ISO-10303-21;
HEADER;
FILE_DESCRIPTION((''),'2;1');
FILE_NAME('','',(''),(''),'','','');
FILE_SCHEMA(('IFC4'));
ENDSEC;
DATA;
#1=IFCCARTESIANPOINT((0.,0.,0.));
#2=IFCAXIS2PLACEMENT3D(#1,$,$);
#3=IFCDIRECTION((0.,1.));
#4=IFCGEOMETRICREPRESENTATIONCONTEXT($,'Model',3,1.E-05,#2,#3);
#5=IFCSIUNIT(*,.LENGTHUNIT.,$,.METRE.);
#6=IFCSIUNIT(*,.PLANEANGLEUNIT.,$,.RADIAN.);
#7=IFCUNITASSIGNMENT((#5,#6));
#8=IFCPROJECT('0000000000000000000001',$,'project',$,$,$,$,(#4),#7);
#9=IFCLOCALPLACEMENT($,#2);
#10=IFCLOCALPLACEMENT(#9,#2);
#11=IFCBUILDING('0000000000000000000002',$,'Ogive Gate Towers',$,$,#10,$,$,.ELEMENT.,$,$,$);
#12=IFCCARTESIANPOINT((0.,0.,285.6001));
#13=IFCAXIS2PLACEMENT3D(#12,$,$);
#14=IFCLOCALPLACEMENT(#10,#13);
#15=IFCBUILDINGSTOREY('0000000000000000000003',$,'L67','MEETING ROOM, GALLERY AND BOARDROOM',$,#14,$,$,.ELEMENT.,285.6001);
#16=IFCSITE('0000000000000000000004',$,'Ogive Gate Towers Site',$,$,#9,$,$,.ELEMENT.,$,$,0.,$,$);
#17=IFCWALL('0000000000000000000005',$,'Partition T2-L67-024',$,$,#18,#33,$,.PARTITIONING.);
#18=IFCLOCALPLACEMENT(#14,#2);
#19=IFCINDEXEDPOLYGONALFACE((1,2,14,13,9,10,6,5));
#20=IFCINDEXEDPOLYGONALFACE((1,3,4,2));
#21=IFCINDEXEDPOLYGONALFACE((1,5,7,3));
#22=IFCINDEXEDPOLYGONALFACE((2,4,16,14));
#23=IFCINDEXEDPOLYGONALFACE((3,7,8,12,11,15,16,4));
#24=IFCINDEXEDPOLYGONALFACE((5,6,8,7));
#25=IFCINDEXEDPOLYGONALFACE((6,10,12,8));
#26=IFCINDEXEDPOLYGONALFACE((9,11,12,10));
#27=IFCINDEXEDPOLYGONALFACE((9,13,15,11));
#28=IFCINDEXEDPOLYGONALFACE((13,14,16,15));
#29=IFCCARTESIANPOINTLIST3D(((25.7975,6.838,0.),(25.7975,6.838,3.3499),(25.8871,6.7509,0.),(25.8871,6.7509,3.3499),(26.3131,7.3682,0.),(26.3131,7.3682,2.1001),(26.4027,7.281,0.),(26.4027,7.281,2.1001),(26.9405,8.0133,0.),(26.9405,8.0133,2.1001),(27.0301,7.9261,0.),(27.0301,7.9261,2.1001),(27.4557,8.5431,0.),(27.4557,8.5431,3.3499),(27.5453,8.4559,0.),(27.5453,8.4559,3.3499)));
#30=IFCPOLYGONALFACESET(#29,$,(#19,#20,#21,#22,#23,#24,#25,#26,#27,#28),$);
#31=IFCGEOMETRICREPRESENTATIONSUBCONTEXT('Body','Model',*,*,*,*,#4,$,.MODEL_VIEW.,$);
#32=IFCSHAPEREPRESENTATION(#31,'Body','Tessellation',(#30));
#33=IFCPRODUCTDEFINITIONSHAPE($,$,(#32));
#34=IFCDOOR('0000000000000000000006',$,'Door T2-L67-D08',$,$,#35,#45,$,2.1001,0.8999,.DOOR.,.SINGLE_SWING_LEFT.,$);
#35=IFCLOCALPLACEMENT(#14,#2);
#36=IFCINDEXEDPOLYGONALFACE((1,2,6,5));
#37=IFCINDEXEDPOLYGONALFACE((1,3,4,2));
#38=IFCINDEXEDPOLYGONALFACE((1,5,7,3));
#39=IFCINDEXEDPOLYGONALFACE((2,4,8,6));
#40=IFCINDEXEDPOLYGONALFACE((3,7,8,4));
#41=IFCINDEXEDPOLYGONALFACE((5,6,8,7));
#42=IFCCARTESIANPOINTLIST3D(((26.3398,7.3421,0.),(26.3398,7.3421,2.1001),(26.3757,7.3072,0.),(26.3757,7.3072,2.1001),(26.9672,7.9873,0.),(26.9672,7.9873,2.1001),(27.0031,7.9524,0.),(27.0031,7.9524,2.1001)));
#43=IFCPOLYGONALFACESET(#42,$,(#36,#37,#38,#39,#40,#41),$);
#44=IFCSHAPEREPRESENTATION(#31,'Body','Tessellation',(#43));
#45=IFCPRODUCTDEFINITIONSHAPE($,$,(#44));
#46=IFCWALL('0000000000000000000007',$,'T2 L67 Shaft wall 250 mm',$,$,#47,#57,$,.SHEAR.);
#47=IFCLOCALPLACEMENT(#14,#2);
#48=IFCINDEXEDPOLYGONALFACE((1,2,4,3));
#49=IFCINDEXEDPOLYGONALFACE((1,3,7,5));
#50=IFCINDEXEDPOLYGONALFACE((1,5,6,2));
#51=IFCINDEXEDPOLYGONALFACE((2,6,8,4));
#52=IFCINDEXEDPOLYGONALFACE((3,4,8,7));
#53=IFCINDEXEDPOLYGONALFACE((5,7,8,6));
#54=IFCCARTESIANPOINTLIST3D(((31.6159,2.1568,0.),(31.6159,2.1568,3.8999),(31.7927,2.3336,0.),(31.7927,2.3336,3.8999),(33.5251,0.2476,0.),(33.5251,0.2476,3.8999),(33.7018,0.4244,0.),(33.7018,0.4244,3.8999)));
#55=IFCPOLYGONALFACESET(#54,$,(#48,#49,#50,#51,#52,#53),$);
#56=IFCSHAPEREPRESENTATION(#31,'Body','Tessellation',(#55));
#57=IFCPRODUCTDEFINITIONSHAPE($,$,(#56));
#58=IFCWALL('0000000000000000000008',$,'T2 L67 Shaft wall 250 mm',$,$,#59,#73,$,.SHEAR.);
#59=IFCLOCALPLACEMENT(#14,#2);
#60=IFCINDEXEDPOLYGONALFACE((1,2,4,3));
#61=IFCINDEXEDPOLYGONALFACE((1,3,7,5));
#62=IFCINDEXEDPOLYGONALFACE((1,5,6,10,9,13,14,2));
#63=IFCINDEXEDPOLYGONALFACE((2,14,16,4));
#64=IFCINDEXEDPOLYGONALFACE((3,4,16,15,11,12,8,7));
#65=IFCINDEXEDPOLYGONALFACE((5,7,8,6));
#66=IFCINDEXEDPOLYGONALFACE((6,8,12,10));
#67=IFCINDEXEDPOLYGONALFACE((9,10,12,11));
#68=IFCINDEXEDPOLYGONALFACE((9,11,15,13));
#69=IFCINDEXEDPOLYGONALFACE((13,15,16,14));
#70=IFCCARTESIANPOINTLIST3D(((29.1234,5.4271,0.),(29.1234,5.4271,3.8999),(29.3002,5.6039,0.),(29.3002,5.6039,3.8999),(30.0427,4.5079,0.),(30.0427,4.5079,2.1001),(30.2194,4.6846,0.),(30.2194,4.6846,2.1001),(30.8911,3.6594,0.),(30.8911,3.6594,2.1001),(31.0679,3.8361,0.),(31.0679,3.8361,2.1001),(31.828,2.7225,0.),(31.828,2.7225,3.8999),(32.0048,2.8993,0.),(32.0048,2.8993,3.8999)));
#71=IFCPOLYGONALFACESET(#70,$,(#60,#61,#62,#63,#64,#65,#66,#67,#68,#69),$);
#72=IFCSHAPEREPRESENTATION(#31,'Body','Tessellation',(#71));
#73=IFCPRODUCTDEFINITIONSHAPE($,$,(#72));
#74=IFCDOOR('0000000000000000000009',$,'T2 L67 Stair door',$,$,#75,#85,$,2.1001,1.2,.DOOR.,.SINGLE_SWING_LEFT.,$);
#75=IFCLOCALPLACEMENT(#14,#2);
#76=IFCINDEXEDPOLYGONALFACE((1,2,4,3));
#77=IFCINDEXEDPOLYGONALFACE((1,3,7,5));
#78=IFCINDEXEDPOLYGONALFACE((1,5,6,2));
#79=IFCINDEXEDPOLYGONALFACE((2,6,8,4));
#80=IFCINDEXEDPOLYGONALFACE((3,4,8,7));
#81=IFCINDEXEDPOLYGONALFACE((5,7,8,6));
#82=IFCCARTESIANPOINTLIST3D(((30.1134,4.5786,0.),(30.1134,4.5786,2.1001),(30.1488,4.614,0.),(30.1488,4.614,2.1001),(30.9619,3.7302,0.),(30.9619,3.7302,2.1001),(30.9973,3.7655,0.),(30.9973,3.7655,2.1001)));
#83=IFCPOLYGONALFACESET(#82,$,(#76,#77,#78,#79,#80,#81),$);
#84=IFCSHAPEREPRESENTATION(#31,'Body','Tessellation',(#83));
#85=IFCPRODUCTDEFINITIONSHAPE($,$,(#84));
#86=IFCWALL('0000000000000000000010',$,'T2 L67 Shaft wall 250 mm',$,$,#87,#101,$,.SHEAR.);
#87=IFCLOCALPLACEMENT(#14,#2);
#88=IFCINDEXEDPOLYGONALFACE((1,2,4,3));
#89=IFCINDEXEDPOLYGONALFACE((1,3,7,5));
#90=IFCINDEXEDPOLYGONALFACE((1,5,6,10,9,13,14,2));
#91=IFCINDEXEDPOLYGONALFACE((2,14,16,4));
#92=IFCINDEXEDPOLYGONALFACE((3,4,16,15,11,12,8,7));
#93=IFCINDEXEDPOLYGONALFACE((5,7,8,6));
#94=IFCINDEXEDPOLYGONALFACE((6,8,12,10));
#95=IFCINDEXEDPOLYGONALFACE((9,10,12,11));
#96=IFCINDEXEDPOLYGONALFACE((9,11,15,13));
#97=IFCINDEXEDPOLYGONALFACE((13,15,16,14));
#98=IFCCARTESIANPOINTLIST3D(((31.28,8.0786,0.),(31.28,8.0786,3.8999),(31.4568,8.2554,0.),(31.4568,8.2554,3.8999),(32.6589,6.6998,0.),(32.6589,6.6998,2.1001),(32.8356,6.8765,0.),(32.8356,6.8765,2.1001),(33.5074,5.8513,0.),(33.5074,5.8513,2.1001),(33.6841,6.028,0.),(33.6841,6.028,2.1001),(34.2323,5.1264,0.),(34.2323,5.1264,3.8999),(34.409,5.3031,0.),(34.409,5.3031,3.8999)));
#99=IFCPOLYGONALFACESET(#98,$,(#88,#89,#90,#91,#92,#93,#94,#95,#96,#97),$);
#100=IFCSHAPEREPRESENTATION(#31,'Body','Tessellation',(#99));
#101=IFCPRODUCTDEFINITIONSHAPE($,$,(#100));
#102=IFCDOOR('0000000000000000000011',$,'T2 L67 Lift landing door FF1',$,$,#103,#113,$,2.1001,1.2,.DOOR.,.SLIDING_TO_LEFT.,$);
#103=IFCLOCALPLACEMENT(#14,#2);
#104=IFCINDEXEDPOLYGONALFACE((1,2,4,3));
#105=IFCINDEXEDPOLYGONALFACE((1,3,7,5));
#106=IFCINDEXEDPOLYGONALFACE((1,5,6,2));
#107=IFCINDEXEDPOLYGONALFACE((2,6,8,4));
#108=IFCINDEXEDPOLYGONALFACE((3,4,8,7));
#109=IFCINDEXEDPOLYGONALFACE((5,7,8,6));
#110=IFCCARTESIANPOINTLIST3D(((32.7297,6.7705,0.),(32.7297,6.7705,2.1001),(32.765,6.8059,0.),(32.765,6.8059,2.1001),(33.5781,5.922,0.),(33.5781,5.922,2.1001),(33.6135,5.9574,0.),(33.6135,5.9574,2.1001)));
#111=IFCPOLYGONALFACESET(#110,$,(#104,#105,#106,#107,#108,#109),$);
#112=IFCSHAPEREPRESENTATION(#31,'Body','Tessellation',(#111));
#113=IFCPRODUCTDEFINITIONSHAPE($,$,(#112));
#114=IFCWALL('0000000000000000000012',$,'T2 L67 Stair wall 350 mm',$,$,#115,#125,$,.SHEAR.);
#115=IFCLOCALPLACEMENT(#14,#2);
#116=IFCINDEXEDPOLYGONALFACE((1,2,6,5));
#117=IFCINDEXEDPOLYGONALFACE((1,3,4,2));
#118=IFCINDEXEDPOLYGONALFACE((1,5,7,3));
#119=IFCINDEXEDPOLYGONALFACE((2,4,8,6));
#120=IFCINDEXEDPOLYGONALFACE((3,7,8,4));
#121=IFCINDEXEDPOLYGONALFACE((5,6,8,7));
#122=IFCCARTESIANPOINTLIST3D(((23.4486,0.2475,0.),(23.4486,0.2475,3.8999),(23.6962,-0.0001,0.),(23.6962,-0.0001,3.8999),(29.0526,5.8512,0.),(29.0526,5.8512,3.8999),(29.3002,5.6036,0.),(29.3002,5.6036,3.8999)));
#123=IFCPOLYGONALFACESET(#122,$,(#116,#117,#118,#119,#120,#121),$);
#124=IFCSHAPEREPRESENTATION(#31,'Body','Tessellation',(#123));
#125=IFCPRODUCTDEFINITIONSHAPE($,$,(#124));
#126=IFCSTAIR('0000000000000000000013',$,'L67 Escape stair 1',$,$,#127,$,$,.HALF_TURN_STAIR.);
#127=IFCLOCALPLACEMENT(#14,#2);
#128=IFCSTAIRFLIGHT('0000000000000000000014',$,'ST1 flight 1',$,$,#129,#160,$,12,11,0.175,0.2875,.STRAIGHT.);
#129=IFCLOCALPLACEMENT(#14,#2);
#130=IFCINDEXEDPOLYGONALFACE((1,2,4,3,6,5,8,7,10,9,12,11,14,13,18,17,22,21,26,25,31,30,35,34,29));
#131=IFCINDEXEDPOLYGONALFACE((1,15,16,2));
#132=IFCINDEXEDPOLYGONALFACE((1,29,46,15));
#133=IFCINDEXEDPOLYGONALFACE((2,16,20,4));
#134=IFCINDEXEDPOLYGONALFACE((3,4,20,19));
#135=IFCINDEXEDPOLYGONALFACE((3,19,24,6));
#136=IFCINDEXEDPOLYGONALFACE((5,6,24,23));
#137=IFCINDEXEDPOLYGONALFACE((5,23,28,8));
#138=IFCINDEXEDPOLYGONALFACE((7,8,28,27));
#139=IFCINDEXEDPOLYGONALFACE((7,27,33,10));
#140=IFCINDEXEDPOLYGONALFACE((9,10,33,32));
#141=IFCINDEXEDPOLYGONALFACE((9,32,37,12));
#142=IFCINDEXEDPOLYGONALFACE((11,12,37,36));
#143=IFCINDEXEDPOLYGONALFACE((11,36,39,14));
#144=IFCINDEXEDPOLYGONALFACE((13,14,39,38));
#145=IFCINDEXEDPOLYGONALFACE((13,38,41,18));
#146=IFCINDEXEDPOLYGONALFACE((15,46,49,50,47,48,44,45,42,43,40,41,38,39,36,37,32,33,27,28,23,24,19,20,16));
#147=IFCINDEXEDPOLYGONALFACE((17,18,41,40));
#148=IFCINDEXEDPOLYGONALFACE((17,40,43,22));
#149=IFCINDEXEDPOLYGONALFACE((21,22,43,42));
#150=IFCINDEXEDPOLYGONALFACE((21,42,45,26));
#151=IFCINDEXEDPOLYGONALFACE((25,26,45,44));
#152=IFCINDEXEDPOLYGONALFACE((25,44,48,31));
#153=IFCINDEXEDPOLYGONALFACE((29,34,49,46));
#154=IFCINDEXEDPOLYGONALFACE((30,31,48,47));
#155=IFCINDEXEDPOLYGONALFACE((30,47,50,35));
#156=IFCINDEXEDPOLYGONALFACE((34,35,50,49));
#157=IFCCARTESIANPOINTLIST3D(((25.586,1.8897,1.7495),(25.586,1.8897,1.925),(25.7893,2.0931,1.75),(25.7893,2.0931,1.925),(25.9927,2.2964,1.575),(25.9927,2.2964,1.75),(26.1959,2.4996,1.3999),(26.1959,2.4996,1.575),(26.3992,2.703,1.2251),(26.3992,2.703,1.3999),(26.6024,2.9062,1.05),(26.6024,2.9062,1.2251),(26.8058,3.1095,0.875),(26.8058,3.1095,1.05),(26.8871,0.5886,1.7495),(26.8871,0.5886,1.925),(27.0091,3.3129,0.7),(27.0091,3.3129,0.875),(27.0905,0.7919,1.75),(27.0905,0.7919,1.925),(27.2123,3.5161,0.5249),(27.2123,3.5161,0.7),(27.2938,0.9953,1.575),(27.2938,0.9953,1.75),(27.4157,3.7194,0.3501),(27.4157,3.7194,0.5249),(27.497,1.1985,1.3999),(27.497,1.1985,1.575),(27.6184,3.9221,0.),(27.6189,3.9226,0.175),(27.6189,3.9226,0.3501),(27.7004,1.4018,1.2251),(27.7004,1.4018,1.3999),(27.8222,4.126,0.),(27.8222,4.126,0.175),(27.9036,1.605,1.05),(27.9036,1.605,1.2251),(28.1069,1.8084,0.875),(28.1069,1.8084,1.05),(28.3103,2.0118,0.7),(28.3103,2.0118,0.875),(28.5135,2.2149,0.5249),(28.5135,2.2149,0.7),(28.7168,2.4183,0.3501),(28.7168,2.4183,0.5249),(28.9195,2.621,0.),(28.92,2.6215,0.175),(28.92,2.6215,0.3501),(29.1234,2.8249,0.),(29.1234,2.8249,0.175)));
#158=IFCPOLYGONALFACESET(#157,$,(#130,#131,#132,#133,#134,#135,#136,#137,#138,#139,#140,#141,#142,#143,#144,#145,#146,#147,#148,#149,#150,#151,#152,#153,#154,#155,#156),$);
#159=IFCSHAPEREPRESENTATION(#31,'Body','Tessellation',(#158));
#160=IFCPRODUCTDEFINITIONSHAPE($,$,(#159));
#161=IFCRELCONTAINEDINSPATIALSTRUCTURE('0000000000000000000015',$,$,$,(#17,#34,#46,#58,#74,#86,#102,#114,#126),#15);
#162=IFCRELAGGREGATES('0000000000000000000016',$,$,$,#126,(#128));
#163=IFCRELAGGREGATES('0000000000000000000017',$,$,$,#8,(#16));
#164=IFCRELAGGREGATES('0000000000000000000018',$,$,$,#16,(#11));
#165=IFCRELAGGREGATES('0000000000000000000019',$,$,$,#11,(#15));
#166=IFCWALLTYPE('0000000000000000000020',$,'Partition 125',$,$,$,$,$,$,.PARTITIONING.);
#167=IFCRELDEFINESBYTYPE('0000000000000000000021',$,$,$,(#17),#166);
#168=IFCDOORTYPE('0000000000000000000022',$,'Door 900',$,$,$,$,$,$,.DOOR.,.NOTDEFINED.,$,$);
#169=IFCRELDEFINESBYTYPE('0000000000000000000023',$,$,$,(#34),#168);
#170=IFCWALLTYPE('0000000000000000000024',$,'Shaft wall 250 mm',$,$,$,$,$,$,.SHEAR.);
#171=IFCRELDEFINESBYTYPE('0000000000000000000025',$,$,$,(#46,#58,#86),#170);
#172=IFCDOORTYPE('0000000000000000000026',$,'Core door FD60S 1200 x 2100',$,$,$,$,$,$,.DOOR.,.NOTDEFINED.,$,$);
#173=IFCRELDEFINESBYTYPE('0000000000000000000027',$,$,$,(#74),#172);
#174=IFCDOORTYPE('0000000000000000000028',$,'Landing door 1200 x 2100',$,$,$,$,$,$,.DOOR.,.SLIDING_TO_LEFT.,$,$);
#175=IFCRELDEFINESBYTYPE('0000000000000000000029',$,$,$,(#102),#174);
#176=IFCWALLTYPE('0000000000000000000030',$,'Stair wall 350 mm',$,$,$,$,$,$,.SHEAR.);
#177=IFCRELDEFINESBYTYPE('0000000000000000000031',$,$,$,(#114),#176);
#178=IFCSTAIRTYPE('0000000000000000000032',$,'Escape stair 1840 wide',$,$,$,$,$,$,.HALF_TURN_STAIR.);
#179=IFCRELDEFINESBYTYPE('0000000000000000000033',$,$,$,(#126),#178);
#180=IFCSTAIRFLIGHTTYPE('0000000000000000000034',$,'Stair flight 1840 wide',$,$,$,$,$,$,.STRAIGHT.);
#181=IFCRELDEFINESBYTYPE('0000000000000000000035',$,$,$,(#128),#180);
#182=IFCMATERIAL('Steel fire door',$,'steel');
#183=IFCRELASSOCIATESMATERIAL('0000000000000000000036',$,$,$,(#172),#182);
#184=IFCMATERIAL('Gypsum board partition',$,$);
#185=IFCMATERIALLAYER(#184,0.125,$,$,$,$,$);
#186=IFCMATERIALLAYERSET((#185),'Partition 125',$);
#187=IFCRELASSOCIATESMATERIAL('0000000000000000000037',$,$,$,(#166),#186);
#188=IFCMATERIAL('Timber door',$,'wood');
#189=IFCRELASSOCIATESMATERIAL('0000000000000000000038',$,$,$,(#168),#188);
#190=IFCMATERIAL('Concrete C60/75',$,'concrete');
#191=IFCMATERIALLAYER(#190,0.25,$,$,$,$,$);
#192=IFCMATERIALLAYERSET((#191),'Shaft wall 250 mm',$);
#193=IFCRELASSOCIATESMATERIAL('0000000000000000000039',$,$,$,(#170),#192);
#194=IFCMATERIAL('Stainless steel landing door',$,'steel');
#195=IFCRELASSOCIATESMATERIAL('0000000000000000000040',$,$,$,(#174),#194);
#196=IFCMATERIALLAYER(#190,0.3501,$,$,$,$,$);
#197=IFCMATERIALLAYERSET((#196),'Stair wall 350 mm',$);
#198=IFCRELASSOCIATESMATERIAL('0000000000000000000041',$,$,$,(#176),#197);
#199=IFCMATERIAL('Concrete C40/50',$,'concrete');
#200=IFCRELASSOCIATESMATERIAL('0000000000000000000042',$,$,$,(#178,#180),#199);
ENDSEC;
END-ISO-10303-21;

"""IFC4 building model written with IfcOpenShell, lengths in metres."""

from ifc_helpers import new_model, si_unit, direction, frame, frame_2d, origin, place, context, subcontext, project, spatial, polyline, rectangle, outline, extrude, material, layer, layer_set, type_object, element, fill, aggregate, save


model = new_model("IFC4")

# Units and contexts
model_context = context("Model", 3, precision=1e-05, world=origin(), true_north=direction((0.0, 1.0)))
body_context = subcontext(model_context, "Body", "Model", "MODEL_VIEW")
ifc_project = project(units=[si_unit("LENGTHUNIT", "METRE"), si_unit("PLANEANGLEUNIT", "RADIAN")], contexts=[model_context])

# Site, building, storey
site_placement = place(None, origin())
site = spatial("IfcSite", under=ifc_project, at=site_placement, Name="Ogive Gate Towers Site", CompositionType="ELEMENT", RefElevation=0.0)
building_placement = place(site_placement, origin())
building = spatial("IfcBuilding", under=site, at=building_placement, Name="Ogive Gate Towers", CompositionType="ELEMENT")
storey_placement = place(building_placement, frame((0.0, 0.0, 285.6001)))
storey = spatial("IfcBuildingStorey", under=building, at=storey_placement, Name="L67", Description="MEETING ROOM, GALLERY AND BOARDROOM", CompositionType="ELEMENT", Elevation=285.6001)

# Shared definitions
ifc_material_1 = material(Name="Concrete C40/50", Category="concrete")

# Shared definitions
ifc_material_2 = material(Name="Timber door", Category="wood")

# Shared definitions
ifc_material_3 = material(Name="Concrete C60/75", Category="concrete")
ifc_material_4 = material(Name="Steel fire door", Category="steel")
door_type_1 = type_object("IfcDoorType", Name="Core door FD60S 1200 x 2100", OperationType="NOTDEFINED", PredefinedType="DOOR", material=ifc_material_4)

# Wall, opening, door
ifc_material_5 = material(Name="Gypsum board partition")
ifc_layer_1 = layer(ifc_material_5, 0.125)
ifc_layer_set_1 = layer_set([ifc_layer_1], Name="Partition 125")
wall_type_1 = type_object("IfcWallType", Name="Partition 125", PredefinedType="PARTITIONING", material=ifc_layer_set_1)
wall_1_placement = place(storey_placement, frame((27.5005, 8.4995, 0.0), z_axis=(0.0, 0.0, 1.0), x_axis=(-0.697184, -0.716892, 0.0)))
wall_1 = element("IfcWall", 1, at=wall_1_placement, inside=storey, type_object=wall_type_1, Name="Partition T2-L67-024", PredefinedType="PARTITIONING", context=body_context, shape_type="SweptSolid", body=[
    extrude(rectangle(XDim=2.3784, YDim=0.125, at=frame_2d((1.1892, 0.0))), origin(), (0.0, 0.0, 1.0), 3.3499),
])
opening_1_placement = place(wall_1_placement, frame((0.739, 0.0, 0.0)))
opening_1 = element("IfcOpeningElement", 2, at=opening_1_placement, cuts=wall_1, PredefinedType="OPENING", context=body_context, shape_type="SweptSolid", body=[
    extrude(rectangle(XDim=0.8999, YDim=2.1001, at=frame_2d((0.45, 1.05))), frame((0.0, 0.0725, 0.0), z_axis=(0.0, -1.0, 0.0), x_axis=(1.0, 0.0, 0.0)), (0.0, 0.0, 1.0), 0.145),
])
door_type_2 = type_object("IfcDoorType", Name="Door 900", OperationType="NOTDEFINED", PredefinedType="DOOR", material=ifc_material_2)
door_1_placement = place(opening_1_placement, origin())
door_1 = element("IfcDoor", 3, at=door_1_placement, inside=storey, type_object=door_type_2, Name="Door T2-L67-D08", OperationType="SINGLE_SWING_LEFT", OverallHeight=2.1001, OverallWidth=0.8999, PredefinedType="DOOR", context=body_context, shape_type="SweptSolid", body=[
    extrude(rectangle(XDim=0.8999, YDim=2.1001, at=frame_2d((0.45, 1.05))), frame((0.0, 0.0249, 0.0), z_axis=(0.0, -1.0, 0.0), x_axis=(1.0, 0.0, 0.0)), (0.0, 0.0, 1.0), 0.05),
])
fill(opening_1, door_1)

# Wall
ifc_layer_2 = layer(ifc_material_3, 0.25)
ifc_layer_set_2 = layer_set([ifc_layer_2], Name="Shaft wall 250 mm")
wall_type_2 = type_object("IfcWallType", Name="Shaft wall 250 mm", PredefinedType="SHEAR", material=ifc_layer_set_2)
wall_2_placement = place(storey_placement, frame((33.6135, 0.3359, 0.0), z_axis=(0.0, 0.0, 1.0), x_axis=(-0.707107, 0.707107, 0.0)))
element("IfcWall", 4, at=wall_2_placement, inside=storey, type_object=wall_type_2, Name="T2 L67 Shaft wall 250 mm", PredefinedType="SHEAR", context=body_context, shape_type="SweptSolid", body=[
    extrude(rectangle(XDim=2.7, YDim=0.25, at=frame_2d((1.3501, 0.0))), origin(), (0.0, 0.0, 1.0), 3.8999),
])

# Walls, openings, doors
wall_3_placement = place(storey_placement, frame((31.9165, 2.8108, 0.0), z_axis=(0.0, 0.0, 1.0), x_axis=(-0.707107, 0.707107, 0.0)))
wall_3 = element("IfcWall", 5, at=wall_3_placement, inside=storey, type_object=wall_type_2, Name="T2 L67 Shaft wall 250 mm", PredefinedType="SHEAR", context=body_context, shape_type="SweptSolid", body=[
    extrude(rectangle(XDim=3.825, YDim=0.25, at=frame_2d((1.9126, 0.0))), origin(), (0.0, 0.0, 1.0), 3.8999),
])
opening_2_placement = place(wall_3_placement, frame((1.325, 0.0, 0.0)))
opening_2 = element("IfcOpeningElement", 6, at=opening_2_placement, cuts=wall_3, PredefinedType="OPENING", context=body_context, shape_type="SweptSolid", body=[
    extrude(rectangle(XDim=1.2, YDim=2.1001, at=frame_2d((0.6001, 1.05))), frame((0.0, 0.135, 0.0), z_axis=(0.0, -1.0, 0.0), x_axis=(1.0, 0.0, 0.0)), (0.0, 0.0, 1.0), 0.27),
])
door_2_placement = place(opening_2_placement, origin())
door_2 = element("IfcDoor", 7, at=door_2_placement, inside=storey, type_object=door_type_1, Name="T2 L67 Stair door", OperationType="SINGLE_SWING_LEFT", OverallHeight=2.1001, OverallWidth=1.2, PredefinedType="DOOR", context=body_context, shape_type="SweptSolid", body=[
    extrude(rectangle(XDim=1.2, YDim=2.1001, at=frame_2d((0.6001, 1.05))), frame((0.0, 0.0249, 0.0), z_axis=(0.0, -1.0, 0.0), x_axis=(1.0, 0.0, 0.0)), (0.0, 0.0, 1.0), 0.05),
])
fill(opening_2, door_2)
wall_4_placement = place(storey_placement, frame((34.3206, 5.2148, 0.0), z_axis=(0.0, 0.0, 1.0), x_axis=(-0.707107, 0.707107, 0.0)))
wall_4 = element("IfcWall", 8, at=wall_4_placement, inside=storey, type_object=wall_type_2, Name="T2 L67 Shaft wall 250 mm", PredefinedType="SHEAR", context=body_context, shape_type="SweptSolid", body=[
    extrude(rectangle(XDim=4.175, YDim=0.25, at=frame_2d((2.0874, 0.0))), origin(), (0.0, 0.0, 1.0), 3.8999),
])
opening_3_placement = place(wall_4_placement, frame((1.0249, 0.0, 0.0)))
opening_3 = element("IfcOpeningElement", 9, at=opening_3_placement, cuts=wall_4, PredefinedType="OPENING", context=body_context, shape_type="SweptSolid", body=[
    extrude(rectangle(XDim=1.2, YDim=2.1001, at=frame_2d((0.6001, 1.05))), frame((0.0, 0.135, 0.0), z_axis=(0.0, -1.0, 0.0), x_axis=(1.0, 0.0, 0.0)), (0.0, 0.0, 1.0), 0.27),
])
ifc_material_6 = material(Name="Stainless steel landing door", Category="steel")
door_type_3 = type_object("IfcDoorType", Name="Landing door 1200 x 2100", OperationType="SLIDING_TO_LEFT", PredefinedType="DOOR", material=ifc_material_6)
door_3_placement = place(opening_3_placement, origin())
door_3 = element("IfcDoor", 10, at=door_3_placement, inside=storey, type_object=door_type_3, Name="T2 L67 Lift landing door FF1", OperationType="SLIDING_TO_LEFT", OverallHeight=2.1001, OverallWidth=1.2, PredefinedType="DOOR", context=body_context, shape_type="SweptSolid", body=[
    extrude(rectangle(XDim=1.2, YDim=2.1001, at=frame_2d((0.6001, 1.05))), frame((0.0, 0.0249, 0.0), z_axis=(0.0, -1.0, 0.0), x_axis=(1.0, 0.0, 0.0)), (0.0, 0.0, 1.0), 0.05),
])
fill(opening_3, door_3)

# Wall
ifc_layer_3 = layer(ifc_material_3, 0.3501)
ifc_layer_set_3 = layer_set([ifc_layer_3], Name="Stair wall 350 mm")
wall_type_3 = type_object("IfcWallType", Name="Stair wall 350 mm", PredefinedType="SHEAR", material=ifc_layer_set_3)
wall_5_placement = place(storey_placement, frame((23.5725, 0.1238, 0.0), z_axis=(0.0, 0.0, 1.0), x_axis=(0.707122, 0.707091, 0.0)))
element("IfcWall", 11, at=wall_5_placement, inside=storey, type_object=wall_type_3, Name="T2 L67 Stair wall 350 mm", PredefinedType="SHEAR", context=body_context, shape_type="SweptSolid", body=[
    extrude(rectangle(XDim=7.925, YDim=0.3501, at=frame_2d((3.9624, 0.0))), origin(), (0.0, 0.0, 1.0), 3.8999),
])

# Stair, stair flight
stair_type = type_object("IfcStairType", Name="Escape stair 1840 wide", PredefinedType="HALF_TURN_STAIR", material=ifc_material_1)
stair_placement = place(storey_placement, origin())
stair = element("IfcStair", 12, at=stair_placement, inside=storey, type_object=stair_type, Name="L67 Escape stair 1", PredefinedType="HALF_TURN_STAIR")
stair_flight_type = type_object("IfcStairFlightType", Name="Stair flight 1840 wide", PredefinedType="STRAIGHT", material=ifc_material_1)
stair_flight_placement = place(storey_placement, frame((28.4729, 3.4753, 0.0), z_axis=(0.0, 0.0, 1.0), x_axis=(-0.707107, -0.707107, 0.0)))
stair_flight = element("IfcStairFlight", 13, at=stair_flight_placement, type_object=stair_flight_type, Name="ST1 flight 1", NumberOfRisers=12, NumberOfTreads=11, PredefinedType="STRAIGHT", RiserHeight=0.175, TreadLength=0.2875, context=body_context, shape_type="SweptSolid", body=[
    extrude(outline(polyline([(0.0, 0.0), (0.0, 0.175), (0.2876, 0.175), (0.2876, 0.3501), (0.575, 0.3501), (0.575, 0.5249), (0.8625, 0.5249), (0.8625, 0.7), (1.1499, 0.7), (1.1499, 0.875), (1.4375, 0.875), (1.4375, 1.05), (1.7251, 1.05), (1.7251, 1.2251), (2.0125, 1.2251), (2.0125, 1.3999), (2.3, 1.3999), (2.3, 1.575), (2.5874, 1.575), (2.5874, 1.75), (2.875, 1.75), (2.875, 1.925), (3.1626, 1.925), (3.1626, 2.1001), (3.1626, 1.7495), (0.2883, 0.0), (0.0, 0.0)])), frame((0.0, 0.9199, 0.0), z_axis=(0.0, -1.0, 0.0), x_axis=(1.0, 0.0, 0.0)), (0.0, 0.0, 1.0), 1.8401),
])
aggregate(stair, [stair_flight])

save(model, "model.ifc")
